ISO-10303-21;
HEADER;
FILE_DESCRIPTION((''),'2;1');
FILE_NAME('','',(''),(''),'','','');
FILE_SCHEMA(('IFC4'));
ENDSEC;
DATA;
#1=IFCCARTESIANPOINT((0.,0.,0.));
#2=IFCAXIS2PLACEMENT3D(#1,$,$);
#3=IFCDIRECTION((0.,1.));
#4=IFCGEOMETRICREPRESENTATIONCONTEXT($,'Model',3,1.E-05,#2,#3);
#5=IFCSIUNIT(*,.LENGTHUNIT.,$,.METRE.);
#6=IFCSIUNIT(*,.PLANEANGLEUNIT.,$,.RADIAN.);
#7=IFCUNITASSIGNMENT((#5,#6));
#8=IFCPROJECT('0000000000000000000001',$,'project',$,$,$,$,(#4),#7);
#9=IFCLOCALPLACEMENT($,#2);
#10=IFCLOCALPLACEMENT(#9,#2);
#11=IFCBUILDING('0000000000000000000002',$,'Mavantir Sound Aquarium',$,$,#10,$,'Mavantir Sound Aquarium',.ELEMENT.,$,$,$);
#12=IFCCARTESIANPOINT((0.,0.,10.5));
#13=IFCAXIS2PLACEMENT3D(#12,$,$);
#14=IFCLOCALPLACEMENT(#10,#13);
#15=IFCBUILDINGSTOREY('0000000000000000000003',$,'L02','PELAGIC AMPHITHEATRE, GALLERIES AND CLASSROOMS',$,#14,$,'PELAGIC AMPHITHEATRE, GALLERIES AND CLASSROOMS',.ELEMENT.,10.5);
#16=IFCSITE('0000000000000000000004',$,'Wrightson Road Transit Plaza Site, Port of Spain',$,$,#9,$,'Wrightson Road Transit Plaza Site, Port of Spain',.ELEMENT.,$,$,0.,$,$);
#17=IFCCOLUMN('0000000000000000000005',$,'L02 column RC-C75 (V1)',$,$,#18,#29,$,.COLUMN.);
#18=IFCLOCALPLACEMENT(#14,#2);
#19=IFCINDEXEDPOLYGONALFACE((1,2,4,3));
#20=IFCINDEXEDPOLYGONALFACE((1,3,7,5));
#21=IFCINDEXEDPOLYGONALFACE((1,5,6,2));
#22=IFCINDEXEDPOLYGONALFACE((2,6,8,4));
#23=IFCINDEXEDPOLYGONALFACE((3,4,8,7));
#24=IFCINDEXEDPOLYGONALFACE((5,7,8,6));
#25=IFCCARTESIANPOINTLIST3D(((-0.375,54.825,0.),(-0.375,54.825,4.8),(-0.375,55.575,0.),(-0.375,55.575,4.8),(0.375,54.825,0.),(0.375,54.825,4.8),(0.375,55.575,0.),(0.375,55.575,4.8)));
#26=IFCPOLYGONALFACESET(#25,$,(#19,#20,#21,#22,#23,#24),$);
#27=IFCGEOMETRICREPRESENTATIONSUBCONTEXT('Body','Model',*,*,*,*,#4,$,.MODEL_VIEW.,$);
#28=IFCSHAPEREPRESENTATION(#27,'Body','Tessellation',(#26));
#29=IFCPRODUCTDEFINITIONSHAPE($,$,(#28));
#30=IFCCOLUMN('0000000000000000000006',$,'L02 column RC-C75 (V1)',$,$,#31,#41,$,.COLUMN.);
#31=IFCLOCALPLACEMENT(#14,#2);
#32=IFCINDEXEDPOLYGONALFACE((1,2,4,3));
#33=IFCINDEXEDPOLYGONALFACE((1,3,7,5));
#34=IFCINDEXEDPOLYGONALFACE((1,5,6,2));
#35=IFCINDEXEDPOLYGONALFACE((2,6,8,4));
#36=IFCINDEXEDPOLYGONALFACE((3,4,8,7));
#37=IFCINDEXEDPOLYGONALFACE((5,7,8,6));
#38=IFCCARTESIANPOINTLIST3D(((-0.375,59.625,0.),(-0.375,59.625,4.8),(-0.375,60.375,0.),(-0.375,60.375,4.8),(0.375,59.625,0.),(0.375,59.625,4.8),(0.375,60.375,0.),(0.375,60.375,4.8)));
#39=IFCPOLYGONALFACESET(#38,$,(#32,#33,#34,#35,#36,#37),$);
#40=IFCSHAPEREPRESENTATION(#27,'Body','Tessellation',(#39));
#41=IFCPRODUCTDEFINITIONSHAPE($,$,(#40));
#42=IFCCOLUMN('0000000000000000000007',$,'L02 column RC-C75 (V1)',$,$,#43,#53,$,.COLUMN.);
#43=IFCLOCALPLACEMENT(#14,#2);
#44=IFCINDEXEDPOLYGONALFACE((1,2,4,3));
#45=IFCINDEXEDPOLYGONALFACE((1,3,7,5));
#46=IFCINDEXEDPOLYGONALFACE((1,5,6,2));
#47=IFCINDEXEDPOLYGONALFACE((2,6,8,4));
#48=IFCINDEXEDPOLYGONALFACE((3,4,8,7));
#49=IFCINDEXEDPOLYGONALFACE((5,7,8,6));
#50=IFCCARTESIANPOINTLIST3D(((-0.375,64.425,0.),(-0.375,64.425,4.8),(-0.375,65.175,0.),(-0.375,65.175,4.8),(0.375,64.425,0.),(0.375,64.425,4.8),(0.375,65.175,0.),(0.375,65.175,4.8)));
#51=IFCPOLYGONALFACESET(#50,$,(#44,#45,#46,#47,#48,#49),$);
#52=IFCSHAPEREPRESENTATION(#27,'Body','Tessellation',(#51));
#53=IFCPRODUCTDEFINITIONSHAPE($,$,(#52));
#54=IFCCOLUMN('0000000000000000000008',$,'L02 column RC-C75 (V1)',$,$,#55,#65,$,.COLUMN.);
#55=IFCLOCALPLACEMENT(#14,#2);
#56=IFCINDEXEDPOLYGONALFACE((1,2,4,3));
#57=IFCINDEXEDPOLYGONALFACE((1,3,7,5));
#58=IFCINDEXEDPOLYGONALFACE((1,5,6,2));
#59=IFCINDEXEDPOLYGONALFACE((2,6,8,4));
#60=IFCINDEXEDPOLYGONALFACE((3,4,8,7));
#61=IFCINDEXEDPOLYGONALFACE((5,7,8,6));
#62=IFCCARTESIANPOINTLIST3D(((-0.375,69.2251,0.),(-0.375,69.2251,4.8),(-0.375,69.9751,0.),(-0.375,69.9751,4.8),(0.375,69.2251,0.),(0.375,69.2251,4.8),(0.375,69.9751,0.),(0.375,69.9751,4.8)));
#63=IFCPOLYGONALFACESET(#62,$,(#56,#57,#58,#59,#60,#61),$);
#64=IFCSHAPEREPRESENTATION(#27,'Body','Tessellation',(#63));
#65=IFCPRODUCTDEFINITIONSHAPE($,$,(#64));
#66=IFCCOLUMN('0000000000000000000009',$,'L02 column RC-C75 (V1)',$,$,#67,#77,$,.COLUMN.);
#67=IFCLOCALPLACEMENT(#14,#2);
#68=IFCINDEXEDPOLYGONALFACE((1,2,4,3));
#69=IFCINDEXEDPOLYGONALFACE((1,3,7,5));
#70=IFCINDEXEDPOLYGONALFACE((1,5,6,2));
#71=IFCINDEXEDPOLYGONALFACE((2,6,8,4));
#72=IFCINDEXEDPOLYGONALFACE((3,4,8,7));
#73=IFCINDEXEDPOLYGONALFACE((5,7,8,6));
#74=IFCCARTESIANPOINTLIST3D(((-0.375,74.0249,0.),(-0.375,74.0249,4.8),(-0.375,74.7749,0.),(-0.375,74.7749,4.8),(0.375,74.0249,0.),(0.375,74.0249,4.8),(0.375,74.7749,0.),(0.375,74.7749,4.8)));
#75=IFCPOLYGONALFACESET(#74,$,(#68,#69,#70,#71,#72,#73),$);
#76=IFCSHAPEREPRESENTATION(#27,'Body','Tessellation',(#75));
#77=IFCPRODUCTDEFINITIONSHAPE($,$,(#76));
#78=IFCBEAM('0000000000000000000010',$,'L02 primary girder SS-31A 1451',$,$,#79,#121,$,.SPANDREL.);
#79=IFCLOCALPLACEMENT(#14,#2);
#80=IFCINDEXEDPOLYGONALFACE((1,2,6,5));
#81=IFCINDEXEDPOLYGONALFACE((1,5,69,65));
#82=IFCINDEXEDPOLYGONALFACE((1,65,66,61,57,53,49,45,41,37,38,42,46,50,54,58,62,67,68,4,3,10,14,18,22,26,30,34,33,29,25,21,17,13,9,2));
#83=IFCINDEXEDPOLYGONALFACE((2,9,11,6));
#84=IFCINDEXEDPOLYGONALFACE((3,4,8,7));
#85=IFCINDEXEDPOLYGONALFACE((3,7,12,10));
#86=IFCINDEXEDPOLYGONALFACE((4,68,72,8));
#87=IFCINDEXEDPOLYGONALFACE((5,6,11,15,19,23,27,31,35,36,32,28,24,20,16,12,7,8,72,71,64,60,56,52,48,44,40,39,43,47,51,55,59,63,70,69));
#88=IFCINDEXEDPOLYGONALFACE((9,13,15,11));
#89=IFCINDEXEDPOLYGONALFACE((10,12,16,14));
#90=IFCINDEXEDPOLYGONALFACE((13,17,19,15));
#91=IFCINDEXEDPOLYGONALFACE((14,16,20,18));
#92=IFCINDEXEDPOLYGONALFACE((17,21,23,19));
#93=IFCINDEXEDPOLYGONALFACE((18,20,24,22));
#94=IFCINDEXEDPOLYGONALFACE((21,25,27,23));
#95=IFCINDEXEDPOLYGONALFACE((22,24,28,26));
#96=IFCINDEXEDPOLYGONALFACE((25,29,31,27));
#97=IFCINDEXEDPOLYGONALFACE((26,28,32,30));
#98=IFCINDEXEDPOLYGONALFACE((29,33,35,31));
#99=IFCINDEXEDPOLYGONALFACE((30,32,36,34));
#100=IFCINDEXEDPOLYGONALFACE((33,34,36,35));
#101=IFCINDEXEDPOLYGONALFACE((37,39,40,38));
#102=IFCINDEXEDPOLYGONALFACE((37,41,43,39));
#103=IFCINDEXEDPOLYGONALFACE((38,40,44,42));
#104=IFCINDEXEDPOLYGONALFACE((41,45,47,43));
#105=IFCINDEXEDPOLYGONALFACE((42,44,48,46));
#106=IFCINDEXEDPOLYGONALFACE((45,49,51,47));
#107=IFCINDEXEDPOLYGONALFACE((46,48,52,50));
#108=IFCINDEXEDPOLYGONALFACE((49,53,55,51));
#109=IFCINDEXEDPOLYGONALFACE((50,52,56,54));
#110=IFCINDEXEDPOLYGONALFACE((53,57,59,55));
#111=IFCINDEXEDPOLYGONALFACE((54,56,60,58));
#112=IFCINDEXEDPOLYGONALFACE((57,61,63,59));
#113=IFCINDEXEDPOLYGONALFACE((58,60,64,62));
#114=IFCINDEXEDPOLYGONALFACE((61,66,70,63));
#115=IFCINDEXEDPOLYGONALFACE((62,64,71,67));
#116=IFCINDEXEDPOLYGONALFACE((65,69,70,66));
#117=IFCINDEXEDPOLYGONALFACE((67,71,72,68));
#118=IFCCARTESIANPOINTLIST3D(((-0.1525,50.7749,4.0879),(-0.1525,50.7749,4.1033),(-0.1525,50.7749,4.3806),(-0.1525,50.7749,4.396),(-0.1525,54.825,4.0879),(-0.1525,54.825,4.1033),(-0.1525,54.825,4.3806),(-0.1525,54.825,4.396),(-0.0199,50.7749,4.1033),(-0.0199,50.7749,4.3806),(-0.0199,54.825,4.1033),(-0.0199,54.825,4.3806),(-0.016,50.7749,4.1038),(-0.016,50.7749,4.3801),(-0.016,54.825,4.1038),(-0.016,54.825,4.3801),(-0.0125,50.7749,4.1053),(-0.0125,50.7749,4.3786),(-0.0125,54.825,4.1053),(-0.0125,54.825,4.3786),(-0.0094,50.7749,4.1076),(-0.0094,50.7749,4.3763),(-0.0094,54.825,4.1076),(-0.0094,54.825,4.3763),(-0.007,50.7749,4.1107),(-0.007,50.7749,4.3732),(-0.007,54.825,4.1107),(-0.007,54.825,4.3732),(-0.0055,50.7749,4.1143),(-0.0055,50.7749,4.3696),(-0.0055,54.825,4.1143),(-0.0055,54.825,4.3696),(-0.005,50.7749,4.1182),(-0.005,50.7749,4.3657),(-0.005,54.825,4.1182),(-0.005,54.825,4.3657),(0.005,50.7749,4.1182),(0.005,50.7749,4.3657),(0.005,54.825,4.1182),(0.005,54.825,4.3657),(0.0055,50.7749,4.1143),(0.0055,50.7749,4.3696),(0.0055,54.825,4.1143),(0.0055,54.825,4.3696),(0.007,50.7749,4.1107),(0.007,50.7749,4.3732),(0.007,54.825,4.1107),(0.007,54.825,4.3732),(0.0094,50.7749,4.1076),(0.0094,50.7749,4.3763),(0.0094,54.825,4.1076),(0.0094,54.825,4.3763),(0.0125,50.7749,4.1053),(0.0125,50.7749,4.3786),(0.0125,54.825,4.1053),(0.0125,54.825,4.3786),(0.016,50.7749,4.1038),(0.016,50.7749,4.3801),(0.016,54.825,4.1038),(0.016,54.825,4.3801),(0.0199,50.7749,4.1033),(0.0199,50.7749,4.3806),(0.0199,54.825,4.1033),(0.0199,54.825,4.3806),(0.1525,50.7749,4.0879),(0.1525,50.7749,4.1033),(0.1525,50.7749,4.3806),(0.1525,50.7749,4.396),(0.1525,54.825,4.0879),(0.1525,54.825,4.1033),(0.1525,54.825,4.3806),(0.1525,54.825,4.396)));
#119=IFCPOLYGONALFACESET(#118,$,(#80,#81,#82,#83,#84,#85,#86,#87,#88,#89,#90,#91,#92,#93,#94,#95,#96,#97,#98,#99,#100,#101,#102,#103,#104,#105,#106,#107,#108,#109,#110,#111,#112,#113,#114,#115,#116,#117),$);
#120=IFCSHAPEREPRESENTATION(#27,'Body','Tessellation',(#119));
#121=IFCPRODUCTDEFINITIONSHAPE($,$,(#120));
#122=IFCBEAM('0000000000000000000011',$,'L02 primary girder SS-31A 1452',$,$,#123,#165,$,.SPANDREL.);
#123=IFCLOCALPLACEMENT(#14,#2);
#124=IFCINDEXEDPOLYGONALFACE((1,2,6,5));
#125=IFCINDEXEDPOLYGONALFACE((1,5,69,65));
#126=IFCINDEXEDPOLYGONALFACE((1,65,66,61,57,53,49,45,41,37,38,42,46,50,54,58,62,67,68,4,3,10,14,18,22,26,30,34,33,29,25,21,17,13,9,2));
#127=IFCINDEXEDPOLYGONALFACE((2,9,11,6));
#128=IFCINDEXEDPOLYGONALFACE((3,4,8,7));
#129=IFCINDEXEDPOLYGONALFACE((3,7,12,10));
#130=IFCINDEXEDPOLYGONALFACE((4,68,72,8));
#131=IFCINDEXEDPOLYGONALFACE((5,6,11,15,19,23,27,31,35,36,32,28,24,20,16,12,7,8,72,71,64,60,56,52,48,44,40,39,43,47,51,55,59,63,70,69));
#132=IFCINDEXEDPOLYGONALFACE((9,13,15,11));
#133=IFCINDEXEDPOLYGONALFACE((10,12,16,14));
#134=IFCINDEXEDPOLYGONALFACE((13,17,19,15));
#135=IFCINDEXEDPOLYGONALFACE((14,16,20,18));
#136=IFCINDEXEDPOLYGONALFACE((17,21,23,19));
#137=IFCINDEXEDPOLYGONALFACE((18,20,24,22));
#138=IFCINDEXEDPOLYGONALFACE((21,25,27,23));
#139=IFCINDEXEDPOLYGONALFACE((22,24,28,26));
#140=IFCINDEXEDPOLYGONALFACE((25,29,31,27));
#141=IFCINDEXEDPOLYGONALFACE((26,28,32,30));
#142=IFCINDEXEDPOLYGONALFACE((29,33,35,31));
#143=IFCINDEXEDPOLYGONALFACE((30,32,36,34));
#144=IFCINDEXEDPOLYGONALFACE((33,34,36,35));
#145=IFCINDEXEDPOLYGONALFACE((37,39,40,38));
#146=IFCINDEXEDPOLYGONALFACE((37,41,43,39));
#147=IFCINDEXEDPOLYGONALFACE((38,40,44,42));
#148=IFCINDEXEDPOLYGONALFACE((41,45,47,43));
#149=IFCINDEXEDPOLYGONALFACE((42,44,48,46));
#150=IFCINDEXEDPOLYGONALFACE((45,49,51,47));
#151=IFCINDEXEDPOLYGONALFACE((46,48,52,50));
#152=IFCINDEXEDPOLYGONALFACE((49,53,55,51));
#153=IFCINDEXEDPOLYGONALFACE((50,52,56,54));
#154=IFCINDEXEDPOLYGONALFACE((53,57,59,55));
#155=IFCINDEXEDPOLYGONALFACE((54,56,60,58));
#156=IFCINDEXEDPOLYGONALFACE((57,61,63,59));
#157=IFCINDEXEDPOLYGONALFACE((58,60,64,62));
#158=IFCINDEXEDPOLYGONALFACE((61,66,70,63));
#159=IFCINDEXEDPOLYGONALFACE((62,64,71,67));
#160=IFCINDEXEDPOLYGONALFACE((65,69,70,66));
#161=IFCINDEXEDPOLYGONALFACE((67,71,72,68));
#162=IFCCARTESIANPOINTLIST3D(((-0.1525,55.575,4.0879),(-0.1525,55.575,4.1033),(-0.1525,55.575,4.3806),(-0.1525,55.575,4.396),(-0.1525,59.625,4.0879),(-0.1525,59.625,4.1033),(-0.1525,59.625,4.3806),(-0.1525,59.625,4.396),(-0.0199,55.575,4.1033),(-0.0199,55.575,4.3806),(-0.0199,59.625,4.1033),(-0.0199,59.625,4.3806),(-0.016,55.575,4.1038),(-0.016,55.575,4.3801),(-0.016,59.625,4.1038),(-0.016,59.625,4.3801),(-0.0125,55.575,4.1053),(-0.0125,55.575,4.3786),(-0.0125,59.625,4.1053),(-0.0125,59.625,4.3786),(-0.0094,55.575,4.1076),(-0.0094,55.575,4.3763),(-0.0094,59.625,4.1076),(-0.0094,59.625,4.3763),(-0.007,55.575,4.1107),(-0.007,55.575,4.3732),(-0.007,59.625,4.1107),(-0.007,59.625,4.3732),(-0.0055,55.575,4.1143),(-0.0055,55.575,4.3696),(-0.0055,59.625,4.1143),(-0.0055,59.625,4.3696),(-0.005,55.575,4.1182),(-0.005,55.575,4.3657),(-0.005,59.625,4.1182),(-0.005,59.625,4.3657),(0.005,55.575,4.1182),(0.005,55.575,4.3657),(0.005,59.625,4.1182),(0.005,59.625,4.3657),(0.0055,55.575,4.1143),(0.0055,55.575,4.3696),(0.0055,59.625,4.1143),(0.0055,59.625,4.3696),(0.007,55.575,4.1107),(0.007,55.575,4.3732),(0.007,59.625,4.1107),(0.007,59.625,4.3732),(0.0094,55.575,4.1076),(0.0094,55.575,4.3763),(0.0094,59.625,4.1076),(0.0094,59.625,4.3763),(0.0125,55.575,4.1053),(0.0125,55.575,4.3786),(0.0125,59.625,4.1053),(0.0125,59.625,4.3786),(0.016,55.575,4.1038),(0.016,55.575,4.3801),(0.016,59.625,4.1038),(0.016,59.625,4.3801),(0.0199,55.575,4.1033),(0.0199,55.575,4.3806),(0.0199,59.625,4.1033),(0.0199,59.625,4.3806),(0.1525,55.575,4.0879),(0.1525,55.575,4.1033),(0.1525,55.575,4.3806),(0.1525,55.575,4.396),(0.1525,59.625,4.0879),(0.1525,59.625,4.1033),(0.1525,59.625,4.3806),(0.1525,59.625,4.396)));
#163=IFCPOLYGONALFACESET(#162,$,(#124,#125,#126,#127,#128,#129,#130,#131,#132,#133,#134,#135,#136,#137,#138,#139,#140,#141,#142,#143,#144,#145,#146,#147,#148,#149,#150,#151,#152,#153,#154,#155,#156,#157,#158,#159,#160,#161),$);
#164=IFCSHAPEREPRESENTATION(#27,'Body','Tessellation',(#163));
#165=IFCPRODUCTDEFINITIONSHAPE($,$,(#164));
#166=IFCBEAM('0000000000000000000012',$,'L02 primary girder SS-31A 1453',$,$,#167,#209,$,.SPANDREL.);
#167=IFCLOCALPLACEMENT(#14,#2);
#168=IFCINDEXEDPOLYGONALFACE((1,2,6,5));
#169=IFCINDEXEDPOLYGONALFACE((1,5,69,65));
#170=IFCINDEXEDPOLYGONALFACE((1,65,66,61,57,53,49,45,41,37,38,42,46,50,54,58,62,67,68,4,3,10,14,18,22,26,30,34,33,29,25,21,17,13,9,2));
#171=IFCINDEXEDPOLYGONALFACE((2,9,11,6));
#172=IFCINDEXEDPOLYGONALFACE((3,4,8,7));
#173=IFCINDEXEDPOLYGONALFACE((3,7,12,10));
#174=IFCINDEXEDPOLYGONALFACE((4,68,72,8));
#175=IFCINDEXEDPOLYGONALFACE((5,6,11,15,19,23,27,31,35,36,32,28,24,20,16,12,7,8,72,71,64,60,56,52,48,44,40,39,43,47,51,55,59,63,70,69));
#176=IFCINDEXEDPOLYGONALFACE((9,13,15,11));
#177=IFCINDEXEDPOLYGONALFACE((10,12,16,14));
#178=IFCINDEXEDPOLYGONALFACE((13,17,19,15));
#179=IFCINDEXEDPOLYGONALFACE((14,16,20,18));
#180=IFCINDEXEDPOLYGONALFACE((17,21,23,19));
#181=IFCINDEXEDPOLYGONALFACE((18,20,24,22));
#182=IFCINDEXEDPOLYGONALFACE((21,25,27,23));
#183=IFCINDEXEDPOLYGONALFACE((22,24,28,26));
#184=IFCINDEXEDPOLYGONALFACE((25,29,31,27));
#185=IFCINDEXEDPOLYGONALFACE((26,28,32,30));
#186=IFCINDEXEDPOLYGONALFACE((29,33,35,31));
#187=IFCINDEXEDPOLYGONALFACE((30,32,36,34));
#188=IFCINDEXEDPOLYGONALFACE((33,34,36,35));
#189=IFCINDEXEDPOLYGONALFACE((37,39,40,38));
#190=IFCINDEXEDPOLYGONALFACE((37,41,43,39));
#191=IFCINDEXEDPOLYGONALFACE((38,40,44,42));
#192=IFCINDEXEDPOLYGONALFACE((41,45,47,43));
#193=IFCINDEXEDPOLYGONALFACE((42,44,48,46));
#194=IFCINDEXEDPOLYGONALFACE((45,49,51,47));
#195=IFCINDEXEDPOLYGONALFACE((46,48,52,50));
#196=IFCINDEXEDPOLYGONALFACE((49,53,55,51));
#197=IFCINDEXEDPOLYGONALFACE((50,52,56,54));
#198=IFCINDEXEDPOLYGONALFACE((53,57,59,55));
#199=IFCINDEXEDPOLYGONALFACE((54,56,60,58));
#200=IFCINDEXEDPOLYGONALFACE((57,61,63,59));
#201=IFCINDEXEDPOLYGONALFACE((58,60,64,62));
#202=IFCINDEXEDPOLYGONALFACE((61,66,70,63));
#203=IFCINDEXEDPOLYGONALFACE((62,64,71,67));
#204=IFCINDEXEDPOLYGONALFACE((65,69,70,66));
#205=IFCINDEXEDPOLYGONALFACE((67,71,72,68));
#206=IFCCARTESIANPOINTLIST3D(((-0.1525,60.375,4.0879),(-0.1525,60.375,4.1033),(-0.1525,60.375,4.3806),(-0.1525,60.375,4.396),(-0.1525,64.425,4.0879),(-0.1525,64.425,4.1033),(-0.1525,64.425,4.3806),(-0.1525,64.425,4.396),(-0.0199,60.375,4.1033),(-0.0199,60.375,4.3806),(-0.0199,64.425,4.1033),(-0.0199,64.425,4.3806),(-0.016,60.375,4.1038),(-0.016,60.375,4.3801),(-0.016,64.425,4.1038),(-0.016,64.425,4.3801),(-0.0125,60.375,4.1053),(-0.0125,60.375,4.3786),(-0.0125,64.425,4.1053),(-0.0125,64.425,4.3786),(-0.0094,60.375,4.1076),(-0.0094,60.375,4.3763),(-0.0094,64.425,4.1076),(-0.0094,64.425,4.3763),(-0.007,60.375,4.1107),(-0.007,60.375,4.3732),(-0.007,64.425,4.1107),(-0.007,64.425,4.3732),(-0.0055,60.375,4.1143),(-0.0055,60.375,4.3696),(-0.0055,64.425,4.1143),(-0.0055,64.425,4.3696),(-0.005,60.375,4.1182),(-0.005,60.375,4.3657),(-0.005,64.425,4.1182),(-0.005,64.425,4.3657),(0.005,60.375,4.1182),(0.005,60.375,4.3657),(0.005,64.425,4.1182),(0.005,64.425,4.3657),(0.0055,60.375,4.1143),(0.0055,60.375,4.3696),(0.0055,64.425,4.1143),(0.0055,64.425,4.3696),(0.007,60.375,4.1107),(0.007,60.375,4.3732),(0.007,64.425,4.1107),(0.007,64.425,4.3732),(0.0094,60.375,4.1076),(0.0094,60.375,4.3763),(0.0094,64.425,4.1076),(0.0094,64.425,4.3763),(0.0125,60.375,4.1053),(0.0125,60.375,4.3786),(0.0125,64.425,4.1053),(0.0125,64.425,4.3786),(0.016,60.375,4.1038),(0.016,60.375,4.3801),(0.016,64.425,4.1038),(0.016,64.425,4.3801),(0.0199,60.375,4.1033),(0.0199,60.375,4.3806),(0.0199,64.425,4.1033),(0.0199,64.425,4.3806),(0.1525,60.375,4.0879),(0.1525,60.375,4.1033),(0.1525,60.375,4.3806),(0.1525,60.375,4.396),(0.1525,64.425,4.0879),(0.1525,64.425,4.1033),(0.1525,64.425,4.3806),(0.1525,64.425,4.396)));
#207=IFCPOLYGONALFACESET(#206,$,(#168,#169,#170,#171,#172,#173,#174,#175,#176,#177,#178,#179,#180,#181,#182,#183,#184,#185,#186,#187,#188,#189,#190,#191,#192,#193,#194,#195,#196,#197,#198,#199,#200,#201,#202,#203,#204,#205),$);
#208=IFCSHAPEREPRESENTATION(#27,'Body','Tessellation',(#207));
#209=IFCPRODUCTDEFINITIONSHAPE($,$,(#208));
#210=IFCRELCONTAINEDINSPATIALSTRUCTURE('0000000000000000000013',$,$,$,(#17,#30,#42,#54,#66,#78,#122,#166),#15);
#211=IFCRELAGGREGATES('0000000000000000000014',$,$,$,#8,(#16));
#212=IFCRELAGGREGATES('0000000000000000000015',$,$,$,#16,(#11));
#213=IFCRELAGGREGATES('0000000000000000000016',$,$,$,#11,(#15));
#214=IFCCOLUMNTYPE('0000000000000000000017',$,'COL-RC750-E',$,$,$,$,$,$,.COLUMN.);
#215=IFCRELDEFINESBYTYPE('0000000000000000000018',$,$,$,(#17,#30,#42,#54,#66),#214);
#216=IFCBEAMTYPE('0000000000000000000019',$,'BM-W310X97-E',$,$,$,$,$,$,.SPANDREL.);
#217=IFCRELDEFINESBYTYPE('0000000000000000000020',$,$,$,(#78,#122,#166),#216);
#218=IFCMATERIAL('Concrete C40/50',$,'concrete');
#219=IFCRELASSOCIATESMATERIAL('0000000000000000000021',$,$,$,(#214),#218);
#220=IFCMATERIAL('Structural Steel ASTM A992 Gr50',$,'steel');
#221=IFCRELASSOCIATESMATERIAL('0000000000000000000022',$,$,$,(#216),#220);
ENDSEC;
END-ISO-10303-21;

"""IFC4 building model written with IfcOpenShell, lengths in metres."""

from ifc_helpers import new_model, si_unit, direction, frame, origin, origin_2d, place, context, subcontext, project, spatial, rectangle, i_section, extrude, material, material_profile, profile_set, type_object, element, save


model = new_model("IFC4")

# Units and contexts
model_context = context("Model", 3, precision=1e-05, world=origin(), true_north=direction((0.0, 1.0)))
body_context = subcontext(model_context, "Body", "Model", "MODEL_VIEW")
ifc_project = project(units=[si_unit("LENGTHUNIT", "METRE"), si_unit("PLANEANGLEUNIT", "RADIAN")], contexts=[model_context])

# Site, building, storey
site_placement = place(None, origin())
site = spatial("IfcSite", under=ifc_project, at=site_placement, Name="Wrightson Road Transit Plaza Site, Port of Spain", LongName="Wrightson Road Transit Plaza Site, Port of Spain", CompositionType="ELEMENT", RefElevation=0.0)
building_placement = place(site_placement, origin())
building = spatial("IfcBuilding", under=site, at=building_placement, Name="Mavantir Sound Aquarium", LongName="Mavantir Sound Aquarium", CompositionType="ELEMENT")
storey_placement = place(building_placement, frame((0.0, 0.0, 10.5)))
storey = spatial("IfcBuildingStorey", under=building, at=storey_placement, Name="L02", Description="PELAGIC AMPHITHEATRE, GALLERIES AND CLASSROOMS", LongName="PELAGIC AMPHITHEATRE, GALLERIES AND CLASSROOMS", CompositionType="ELEMENT", Elevation=10.5)

# Columns
ifc_material_1 = material(Name="Concrete C40/50", Category="concrete")
ifc_material_profile_1 = material_profile(ifc_material_1, rectangle(XDim=0.75, YDim=0.75, at=origin_2d()), Name="RC 750X750")
ifc_profile_set_1 = profile_set([ifc_material_profile_1], Name="Concrete C40/50")
column_type = type_object("IfcColumnType", Name="COL-RC750-E", PredefinedType="COLUMN", material=ifc_profile_set_1)
for number, where, z_axis, x_axis, name in (
    (1, (0.0, 55.2, 0.0), (0.0, 0.0, 1.0), (1.0, 0.0, 0.0), "L02 column RC-C75 (V1)"),
    (2, (0.0, 60.0, 0.0), (0.0, 0.0, 1.0), (1.0, 0.0, 0.0), "L02 column RC-C75 (V1)"),
    (3, (0.0, 64.8, 0.0), (0.0, 0.0, 1.0), (1.0, 0.0, 0.0), "L02 column RC-C75 (V1)"),
    (4, (0.0, 69.6001, 0.0), (0.0, 0.0, 1.0), (1.0, 0.0, 0.0), "L02 column RC-C75 (V1)"),
    (5, (0.0, 74.3999, 0.0), (0.0, 0.0, 1.0), (1.0, 0.0, 0.0), "L02 column RC-C75 (V1)"),
):
    element("IfcColumn", number, at=place(storey_placement, frame(where, z_axis=z_axis, x_axis=x_axis)), inside=storey, type_object=column_type, Name=name, PredefinedType="COLUMN", context=body_context, shape_type="SweptSolid", body=[
        extrude(rectangle(XDim=0.75, YDim=0.75, at=origin_2d()), origin(), (0.0, 0.0, 1.0), 4.8),
    ])

# Beams
ifc_material_2 = material(Name="Structural Steel ASTM A992 Gr50", Category="steel")
ifc_material_profile_2 = material_profile(ifc_material_2, i_section(OverallWidth=0.3049, OverallDepth=0.3081, WebThickness=0.01, FlangeThickness=0.0154, FilletRadius=0.0149, at=origin_2d()), Name="W310X97")
ifc_profile_set_2 = profile_set([ifc_material_profile_2], Name="Structural Steel ASTM A992 Gr50")
beam_type_1 = type_object("IfcBeamType", Name="BM-W310X97-E", PredefinedType="SPANDREL", material=ifc_profile_set_2)
for number, where, z_axis, x_axis, name in (
    (6, (0.0, 50.7749, 4.2419), (0.0, 1.0, 0.0), (-1.0, 0.0, 0.0), "L02 primary girder SS-31A 1451"),
    (7, (0.0, 55.575, 4.2419), (0.0, 1.0, 0.0), (-1.0, 0.0, 0.0), "L02 primary girder SS-31A 1452"),
    (8, (0.0, 60.375, 4.2419), (0.0, 1.0, 0.0), (-1.0, 0.0, 0.0), "L02 primary girder SS-31A 1453"),
):
    element("IfcBeam", number, at=place(storey_placement, frame(where, z_axis=z_axis, x_axis=x_axis)), inside=storey, type_object=beam_type_1, Name=name, PredefinedType="SPANDREL", context=body_context, shape_type="SweptSolid", body=[
        extrude(i_section(OverallWidth=0.3049, OverallDepth=0.3081, WebThickness=0.01, FlangeThickness=0.0154, FilletRadius=0.0149, at=origin_2d()), origin(), (0.0, 0.0, 1.0), 4.05),
    ])

save(model, "model.ifc")
